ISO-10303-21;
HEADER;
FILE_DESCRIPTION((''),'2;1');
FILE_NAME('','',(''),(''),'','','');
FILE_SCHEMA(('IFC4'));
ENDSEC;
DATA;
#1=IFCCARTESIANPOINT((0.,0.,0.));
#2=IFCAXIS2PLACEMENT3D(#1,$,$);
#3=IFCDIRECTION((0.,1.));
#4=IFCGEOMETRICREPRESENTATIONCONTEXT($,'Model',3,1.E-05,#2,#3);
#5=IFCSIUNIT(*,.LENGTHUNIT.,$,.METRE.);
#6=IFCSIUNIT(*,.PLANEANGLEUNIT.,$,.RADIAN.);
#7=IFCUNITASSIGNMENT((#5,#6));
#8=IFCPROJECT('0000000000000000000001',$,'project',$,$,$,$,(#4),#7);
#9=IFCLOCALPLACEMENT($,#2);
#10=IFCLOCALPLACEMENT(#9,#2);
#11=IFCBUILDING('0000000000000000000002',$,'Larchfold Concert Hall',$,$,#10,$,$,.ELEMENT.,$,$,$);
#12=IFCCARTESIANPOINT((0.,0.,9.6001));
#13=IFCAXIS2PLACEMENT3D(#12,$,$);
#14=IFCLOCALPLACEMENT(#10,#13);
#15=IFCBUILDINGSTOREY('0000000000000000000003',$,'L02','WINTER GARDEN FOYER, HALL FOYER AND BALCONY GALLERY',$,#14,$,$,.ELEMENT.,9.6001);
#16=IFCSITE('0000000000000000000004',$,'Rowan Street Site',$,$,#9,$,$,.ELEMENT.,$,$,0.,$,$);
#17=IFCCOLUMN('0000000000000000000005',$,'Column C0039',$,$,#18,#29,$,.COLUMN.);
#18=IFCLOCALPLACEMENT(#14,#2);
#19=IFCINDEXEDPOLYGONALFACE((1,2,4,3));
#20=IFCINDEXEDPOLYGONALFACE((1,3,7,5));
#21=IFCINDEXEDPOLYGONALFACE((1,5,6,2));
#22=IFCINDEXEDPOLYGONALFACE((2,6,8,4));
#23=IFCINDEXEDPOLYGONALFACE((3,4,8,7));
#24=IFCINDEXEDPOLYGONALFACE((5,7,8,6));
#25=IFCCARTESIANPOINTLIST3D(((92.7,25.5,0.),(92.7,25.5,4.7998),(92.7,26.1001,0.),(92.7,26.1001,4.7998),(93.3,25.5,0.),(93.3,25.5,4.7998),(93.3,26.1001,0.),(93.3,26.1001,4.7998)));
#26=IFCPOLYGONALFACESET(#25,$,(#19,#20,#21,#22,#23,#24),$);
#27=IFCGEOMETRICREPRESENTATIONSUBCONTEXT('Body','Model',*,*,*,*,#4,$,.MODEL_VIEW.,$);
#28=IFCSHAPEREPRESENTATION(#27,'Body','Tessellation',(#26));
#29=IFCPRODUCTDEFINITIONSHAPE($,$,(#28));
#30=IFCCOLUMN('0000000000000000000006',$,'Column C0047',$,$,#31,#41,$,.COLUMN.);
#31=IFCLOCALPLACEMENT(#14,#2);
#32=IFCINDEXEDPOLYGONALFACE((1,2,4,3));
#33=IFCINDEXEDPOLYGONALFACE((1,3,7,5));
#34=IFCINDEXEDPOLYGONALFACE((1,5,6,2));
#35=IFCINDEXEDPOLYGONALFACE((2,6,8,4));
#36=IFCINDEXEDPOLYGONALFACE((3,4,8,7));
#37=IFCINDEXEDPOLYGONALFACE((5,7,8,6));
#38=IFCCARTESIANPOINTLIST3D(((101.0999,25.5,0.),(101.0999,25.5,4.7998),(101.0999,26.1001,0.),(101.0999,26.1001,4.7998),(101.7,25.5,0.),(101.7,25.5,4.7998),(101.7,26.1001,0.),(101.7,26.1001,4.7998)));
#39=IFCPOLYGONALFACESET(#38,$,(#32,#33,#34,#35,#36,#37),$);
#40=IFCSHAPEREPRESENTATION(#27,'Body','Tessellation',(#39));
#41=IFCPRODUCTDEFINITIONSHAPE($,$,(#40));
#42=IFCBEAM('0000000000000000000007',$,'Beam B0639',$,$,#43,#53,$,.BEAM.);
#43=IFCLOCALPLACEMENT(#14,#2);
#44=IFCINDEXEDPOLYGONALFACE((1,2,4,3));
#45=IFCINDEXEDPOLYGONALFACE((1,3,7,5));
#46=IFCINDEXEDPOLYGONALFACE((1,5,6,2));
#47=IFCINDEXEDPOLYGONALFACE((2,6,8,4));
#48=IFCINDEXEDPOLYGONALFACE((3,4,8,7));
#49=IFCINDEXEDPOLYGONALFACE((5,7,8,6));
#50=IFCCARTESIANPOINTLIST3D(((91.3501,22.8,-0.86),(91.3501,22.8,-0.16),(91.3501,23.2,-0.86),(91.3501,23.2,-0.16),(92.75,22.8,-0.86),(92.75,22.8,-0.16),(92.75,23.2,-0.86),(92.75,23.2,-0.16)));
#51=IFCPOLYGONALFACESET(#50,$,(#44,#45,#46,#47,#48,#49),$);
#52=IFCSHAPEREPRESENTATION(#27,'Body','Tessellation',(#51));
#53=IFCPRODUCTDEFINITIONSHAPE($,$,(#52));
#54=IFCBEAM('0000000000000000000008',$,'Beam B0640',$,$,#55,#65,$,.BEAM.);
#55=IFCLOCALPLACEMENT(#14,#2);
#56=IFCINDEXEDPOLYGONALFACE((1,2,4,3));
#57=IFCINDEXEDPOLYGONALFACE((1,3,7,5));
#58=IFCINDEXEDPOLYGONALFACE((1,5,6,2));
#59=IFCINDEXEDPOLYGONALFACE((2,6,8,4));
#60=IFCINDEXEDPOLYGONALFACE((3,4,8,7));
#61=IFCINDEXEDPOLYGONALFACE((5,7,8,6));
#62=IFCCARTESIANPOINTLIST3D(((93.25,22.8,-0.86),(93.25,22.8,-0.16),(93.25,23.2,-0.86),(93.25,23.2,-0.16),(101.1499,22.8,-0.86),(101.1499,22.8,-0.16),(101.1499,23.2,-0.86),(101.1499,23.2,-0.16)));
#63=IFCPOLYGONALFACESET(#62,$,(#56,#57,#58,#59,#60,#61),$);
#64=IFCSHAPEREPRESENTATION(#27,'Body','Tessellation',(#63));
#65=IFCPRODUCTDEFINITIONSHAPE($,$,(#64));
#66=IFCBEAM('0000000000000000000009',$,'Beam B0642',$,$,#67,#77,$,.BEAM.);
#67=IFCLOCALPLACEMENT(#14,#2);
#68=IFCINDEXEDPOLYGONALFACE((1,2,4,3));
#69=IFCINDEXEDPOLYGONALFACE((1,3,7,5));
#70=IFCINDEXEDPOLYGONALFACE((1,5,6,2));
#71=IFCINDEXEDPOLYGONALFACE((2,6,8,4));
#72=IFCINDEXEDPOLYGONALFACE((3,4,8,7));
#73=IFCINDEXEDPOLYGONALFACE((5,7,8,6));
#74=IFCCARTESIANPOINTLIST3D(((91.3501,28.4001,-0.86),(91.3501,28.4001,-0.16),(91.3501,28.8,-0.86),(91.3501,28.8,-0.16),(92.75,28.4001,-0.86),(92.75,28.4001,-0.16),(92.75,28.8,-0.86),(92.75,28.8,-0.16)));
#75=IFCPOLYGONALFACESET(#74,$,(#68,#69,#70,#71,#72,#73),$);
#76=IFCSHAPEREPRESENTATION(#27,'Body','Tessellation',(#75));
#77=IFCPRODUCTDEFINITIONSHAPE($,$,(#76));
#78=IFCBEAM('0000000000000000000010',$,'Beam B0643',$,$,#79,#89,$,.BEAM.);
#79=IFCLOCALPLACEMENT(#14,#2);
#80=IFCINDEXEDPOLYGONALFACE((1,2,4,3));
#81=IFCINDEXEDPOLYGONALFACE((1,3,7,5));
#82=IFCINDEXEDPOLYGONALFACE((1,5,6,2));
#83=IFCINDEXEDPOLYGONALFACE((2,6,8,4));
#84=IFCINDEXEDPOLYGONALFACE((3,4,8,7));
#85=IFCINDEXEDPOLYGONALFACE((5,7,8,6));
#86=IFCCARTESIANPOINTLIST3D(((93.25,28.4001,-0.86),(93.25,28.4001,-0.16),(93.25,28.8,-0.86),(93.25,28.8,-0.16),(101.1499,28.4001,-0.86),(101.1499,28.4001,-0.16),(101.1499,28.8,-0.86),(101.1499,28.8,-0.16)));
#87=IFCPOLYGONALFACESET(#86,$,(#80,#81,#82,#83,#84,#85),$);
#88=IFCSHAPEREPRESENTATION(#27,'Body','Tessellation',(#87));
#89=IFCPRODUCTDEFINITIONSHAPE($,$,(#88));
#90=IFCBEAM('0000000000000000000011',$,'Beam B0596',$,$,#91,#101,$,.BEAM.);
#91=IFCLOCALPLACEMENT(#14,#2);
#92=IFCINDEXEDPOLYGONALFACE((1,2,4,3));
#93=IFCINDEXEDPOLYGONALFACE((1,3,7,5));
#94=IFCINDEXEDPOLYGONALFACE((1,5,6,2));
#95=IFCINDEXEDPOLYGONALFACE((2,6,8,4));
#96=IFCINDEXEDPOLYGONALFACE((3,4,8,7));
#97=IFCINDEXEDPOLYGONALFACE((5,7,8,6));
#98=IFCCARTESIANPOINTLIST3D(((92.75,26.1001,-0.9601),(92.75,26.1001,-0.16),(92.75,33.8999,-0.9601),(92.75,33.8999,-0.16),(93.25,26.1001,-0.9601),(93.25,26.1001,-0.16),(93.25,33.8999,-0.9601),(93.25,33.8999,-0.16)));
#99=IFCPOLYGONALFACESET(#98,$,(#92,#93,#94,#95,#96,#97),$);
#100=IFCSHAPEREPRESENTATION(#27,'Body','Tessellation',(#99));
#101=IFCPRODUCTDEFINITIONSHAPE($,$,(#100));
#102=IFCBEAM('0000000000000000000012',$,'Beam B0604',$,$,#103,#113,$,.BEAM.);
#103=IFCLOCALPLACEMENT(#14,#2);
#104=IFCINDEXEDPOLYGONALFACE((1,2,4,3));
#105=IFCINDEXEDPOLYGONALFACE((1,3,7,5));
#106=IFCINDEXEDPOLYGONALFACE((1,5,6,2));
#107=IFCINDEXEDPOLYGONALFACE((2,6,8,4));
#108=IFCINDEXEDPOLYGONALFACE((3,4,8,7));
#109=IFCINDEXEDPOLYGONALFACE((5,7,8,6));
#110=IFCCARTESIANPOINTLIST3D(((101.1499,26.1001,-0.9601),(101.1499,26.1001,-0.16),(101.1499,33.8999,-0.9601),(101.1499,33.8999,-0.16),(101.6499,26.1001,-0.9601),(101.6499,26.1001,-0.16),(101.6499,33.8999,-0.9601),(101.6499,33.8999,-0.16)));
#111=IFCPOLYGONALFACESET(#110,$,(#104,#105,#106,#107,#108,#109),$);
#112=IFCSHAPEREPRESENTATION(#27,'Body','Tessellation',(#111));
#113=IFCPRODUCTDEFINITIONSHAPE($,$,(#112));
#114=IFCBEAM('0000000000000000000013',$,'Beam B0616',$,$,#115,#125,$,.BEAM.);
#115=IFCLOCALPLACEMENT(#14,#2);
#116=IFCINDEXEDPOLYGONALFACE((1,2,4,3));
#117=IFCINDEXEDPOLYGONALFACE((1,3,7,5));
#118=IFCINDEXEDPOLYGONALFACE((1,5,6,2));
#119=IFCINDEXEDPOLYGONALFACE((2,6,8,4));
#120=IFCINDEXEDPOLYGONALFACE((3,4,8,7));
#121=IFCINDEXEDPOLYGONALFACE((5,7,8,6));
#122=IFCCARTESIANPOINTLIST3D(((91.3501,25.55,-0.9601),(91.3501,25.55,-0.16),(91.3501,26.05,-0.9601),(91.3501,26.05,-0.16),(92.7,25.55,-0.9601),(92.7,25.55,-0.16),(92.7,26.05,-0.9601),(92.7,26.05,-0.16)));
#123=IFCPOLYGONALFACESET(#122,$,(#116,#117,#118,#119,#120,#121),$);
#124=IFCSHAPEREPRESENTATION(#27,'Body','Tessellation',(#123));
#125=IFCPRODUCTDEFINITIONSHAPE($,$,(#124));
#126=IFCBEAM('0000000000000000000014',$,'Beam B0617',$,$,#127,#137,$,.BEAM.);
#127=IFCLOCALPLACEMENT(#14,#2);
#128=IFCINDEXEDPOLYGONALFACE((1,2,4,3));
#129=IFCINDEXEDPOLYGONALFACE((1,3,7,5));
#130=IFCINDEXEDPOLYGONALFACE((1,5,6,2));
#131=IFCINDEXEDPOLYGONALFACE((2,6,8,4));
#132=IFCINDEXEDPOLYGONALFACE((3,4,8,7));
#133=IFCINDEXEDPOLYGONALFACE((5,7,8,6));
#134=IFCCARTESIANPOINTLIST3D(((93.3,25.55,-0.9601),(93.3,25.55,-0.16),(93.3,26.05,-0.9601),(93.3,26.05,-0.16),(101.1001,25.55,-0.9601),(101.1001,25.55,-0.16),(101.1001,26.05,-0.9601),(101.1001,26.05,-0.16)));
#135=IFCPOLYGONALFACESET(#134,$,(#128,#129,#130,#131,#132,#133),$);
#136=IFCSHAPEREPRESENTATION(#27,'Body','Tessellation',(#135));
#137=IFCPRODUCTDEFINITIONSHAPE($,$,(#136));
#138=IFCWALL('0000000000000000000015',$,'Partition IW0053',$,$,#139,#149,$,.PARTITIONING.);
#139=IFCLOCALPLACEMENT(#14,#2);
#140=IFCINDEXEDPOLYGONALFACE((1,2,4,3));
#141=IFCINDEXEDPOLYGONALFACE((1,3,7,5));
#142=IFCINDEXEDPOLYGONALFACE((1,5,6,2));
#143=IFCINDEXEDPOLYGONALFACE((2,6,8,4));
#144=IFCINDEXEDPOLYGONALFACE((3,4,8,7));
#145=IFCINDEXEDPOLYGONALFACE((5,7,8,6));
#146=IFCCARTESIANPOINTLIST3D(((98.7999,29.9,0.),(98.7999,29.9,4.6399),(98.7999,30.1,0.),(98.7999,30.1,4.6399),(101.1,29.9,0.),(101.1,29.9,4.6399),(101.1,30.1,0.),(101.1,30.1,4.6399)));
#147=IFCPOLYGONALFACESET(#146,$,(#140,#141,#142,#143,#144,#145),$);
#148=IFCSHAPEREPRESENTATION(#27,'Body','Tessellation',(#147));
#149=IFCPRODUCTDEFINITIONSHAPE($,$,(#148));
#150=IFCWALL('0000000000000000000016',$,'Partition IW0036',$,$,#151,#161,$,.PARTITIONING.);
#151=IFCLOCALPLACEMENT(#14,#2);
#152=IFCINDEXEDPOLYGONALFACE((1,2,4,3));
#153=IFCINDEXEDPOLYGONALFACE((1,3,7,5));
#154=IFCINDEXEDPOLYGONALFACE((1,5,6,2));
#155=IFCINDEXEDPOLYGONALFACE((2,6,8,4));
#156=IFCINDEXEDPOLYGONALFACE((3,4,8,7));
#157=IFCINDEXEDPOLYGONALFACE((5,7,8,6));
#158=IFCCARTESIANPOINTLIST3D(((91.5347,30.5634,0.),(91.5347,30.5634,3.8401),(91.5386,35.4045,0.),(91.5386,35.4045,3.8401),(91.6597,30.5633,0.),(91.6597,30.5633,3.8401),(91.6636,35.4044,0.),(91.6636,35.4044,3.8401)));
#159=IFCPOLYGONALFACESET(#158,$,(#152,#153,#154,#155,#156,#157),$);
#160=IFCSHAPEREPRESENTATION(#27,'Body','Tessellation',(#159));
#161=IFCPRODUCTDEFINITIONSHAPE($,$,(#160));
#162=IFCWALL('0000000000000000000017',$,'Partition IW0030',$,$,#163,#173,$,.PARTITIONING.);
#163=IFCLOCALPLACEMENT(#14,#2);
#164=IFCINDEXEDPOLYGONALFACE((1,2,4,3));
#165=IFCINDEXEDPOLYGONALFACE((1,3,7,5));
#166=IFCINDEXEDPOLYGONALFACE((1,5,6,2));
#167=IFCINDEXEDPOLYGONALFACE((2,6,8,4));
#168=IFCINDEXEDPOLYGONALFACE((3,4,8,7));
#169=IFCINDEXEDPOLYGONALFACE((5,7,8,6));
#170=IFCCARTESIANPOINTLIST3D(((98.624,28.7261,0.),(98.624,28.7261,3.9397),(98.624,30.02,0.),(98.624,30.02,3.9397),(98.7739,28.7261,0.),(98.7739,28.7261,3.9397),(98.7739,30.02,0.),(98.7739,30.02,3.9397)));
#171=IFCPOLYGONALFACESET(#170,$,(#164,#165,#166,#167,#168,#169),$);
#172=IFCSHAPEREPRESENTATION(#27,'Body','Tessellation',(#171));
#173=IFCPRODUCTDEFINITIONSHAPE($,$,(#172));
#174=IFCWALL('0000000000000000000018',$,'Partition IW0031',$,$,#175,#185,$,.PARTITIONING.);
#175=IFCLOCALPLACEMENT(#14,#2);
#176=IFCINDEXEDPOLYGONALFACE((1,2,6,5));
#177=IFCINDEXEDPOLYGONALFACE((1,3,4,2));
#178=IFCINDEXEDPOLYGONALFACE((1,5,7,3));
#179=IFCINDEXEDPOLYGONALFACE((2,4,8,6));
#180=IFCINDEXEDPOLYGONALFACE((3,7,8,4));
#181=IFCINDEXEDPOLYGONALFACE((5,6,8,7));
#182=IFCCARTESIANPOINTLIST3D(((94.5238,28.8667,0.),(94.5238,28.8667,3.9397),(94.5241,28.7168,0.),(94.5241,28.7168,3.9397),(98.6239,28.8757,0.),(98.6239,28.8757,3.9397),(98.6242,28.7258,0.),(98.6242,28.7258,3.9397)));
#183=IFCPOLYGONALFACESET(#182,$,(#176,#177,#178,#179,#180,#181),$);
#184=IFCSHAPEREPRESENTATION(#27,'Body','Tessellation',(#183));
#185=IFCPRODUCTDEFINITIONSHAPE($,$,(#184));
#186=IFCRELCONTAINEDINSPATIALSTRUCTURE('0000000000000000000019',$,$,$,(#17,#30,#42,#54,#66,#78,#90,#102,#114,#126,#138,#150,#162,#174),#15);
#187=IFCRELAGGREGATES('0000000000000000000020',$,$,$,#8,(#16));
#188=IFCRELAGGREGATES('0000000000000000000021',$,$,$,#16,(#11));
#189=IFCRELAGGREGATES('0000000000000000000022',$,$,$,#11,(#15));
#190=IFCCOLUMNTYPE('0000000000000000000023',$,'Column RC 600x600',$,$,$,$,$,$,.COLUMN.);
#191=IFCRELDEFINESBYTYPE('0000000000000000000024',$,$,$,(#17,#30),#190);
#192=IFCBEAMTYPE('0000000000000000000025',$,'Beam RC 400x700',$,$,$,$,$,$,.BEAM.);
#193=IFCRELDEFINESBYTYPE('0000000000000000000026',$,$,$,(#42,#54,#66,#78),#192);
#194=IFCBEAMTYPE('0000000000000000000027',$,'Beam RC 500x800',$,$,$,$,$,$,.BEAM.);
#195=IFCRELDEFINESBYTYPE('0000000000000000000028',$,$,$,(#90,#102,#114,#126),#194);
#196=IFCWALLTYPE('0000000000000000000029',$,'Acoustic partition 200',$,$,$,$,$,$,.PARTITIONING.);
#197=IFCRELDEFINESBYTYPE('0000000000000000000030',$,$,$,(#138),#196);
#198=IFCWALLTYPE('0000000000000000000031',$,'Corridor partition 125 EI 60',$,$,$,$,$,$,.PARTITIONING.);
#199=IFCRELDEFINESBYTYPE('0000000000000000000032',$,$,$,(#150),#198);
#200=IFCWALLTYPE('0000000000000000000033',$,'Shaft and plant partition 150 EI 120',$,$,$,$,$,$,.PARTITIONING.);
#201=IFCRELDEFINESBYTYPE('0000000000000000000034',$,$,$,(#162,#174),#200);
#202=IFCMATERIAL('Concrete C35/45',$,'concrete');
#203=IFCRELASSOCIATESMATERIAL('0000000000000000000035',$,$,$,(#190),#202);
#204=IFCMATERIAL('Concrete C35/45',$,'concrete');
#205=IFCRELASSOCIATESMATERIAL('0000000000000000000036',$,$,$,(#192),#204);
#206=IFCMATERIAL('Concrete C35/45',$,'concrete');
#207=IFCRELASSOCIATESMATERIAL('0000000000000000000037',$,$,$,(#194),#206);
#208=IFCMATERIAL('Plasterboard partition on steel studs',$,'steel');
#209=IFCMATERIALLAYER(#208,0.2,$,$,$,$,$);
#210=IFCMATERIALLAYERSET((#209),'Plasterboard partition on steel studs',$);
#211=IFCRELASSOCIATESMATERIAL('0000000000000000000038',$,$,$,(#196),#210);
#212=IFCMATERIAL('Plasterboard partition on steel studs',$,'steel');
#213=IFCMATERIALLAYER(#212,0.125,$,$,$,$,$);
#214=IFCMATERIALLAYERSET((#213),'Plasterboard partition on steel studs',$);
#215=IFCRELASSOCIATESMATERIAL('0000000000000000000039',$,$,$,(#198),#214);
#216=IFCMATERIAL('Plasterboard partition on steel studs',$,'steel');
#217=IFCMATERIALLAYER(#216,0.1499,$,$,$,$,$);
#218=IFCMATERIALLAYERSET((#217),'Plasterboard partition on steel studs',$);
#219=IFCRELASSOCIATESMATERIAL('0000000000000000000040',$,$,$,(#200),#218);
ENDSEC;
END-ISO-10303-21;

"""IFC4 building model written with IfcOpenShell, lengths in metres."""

from ifc_helpers import new_model, si_unit, direction, frame, frame_2d, origin, origin_2d, place, context, subcontext, project, spatial, rectangle, extrude, material, layer, layer_set, material_profile, profile_set, type_object, element, save


model = new_model("IFC4")

# Units and contexts
model_context = context("Model", 3, precision=1e-05, world=origin(), true_north=direction((0.0, 1.0)))
body_context = subcontext(model_context, "Body", "Model", "MODEL_VIEW")
ifc_project = project(units=[si_unit("LENGTHUNIT", "METRE"), si_unit("PLANEANGLEUNIT", "RADIAN")], contexts=[model_context])

# Site, building, storey
site_placement = place(None, origin())
site = spatial("IfcSite", under=ifc_project, at=site_placement, Name="Rowan Street Site", CompositionType="ELEMENT", RefElevation=0.0)
building_placement = place(site_placement, origin())
building = spatial("IfcBuilding", under=site, at=building_placement, Name="Larchfold Concert Hall", CompositionType="ELEMENT")
storey_placement = place(building_placement, frame((0.0, 0.0, 9.6001)))
storey = spatial("IfcBuildingStorey", under=building, at=storey_placement, Name="L02", Description="WINTER GARDEN FOYER, HALL FOYER AND BALCONY GALLERY", CompositionType="ELEMENT", Elevation=9.6001)

# Columns
ifc_material_1 = material(Name="Concrete C35/45", Category="concrete")
ifc_material_profile_1 = material_profile(ifc_material_1, rectangle(XDim=0.6001, YDim=0.6001, at=origin_2d()))
ifc_profile_set_1 = profile_set([ifc_material_profile_1], Name="Concrete C35/45")
column_type = type_object("IfcColumnType", Name="Column RC 600x600", PredefinedType="COLUMN", material=ifc_profile_set_1)
for number, where, z_axis, x_axis, name in (
    (1, (93.0, 25.8, 0.0), (0.0, 0.0, 1.0), (1.0, 0.0, 0.0), "Column C0039"),
    (2, (101.3999, 25.8, 0.0), (0.0, 0.0, 1.0), (1.0, 0.0, 0.0), "Column C0047"),
):
    element("IfcColumn", number, at=place(storey_placement, frame(where, z_axis=z_axis, x_axis=x_axis)), inside=storey, type_object=column_type, Name=name, PredefinedType="COLUMN", context=body_context, shape_type="SweptSolid", body=[
        extrude(rectangle(XDim=0.6001, YDim=0.6001, at=origin_2d()), origin(), (0.0, 0.0, 1.0), 4.7998),
    ])

# Beams
ifc_material_2 = material(Name="Concrete C35/45", Category="concrete")
ifc_material_profile_2 = material_profile(ifc_material_2, rectangle(XDim=0.3999, YDim=0.7, at=origin_2d()))
ifc_profile_set_2 = profile_set([ifc_material_profile_2], Name="Concrete C35/45")
beam_type_1 = type_object("IfcBeamType", Name="Beam RC 400x700", PredefinedType="BEAM", material=ifc_profile_set_2)
beam_1_placement = place(storey_placement, frame((91.3501, 23.0, -0.51), z_axis=(1.0, 0.0, 0.0), x_axis=(0.0, 1.0, 0.0)))
element("IfcBeam", 3, at=beam_1_placement, inside=storey, type_object=beam_type_1, Name="Beam B0639", PredefinedType="BEAM", context=body_context, shape_type="SweptSolid", body=[
    extrude(rectangle(XDim=0.3999, YDim=0.7, at=origin_2d()), origin(), (0.0, 0.0, 1.0), 1.3999),
])
beam_2_placement = place(storey_placement, frame((93.25, 23.0, -0.51), z_axis=(1.0, 0.0, 0.0), x_axis=(0.0, 1.0, 0.0)))
element("IfcBeam", 4, at=beam_2_placement, inside=storey, type_object=beam_type_1, Name="Beam B0640", PredefinedType="BEAM", context=body_context, shape_type="SweptSolid", body=[
    extrude(rectangle(XDim=0.3999, YDim=0.7, at=origin_2d()), origin(), (0.0, 0.0, 1.0), 7.8999),
])
beam_3_placement = place(storey_placement, frame((91.3501, 28.6001, -0.51), z_axis=(1.0, 0.0, 0.0), x_axis=(0.0, 1.0, 0.0)))
element("IfcBeam", 5, at=beam_3_placement, inside=storey, type_object=beam_type_1, Name="Beam B0642", PredefinedType="BEAM", context=body_context, shape_type="SweptSolid", body=[
    extrude(rectangle(XDim=0.3999, YDim=0.7, at=origin_2d()), origin(), (0.0, 0.0, 1.0), 1.3999),
])
beam_4_placement = place(storey_placement, frame((93.25, 28.6001, -0.51), z_axis=(1.0, 0.0, 0.0), x_axis=(0.0, 1.0, 0.0)))
element("IfcBeam", 6, at=beam_4_placement, inside=storey, type_object=beam_type_1, Name="Beam B0643", PredefinedType="BEAM", context=body_context, shape_type="SweptSolid", body=[
    extrude(rectangle(XDim=0.3999, YDim=0.7, at=origin_2d()), origin(), (0.0, 0.0, 1.0), 7.8999),
])
ifc_material_3 = material(Name="Concrete C35/45", Category="concrete")
ifc_material_profile_3 = material_profile(ifc_material_3, rectangle(XDim=0.5, YDim=0.8, at=origin_2d()))
ifc_profile_set_3 = profile_set([ifc_material_profile_3], Name="Concrete C35/45")
beam_type_2 = type_object("IfcBeamType", Name="Beam RC 500x800", PredefinedType="BEAM", material=ifc_profile_set_3)
for number, where, z_axis, x_axis, name in (
    (7, (93.0, 26.1001, -0.5601), (0.0, 1.0, 0.0), (-1.0, 0.0, 0.0), "Beam B0596"),
    (8, (101.3999, 26.1001, -0.5601), (0.0, 1.0, 0.0), (-1.0, 0.0, 0.0), "Beam B0604"),
):
    element("IfcBeam", number, at=place(storey_placement, frame(where, z_axis=z_axis, x_axis=x_axis)), inside=storey, type_object=beam_type_2, Name=name, PredefinedType="BEAM", context=body_context, shape_type="SweptSolid", body=[
        extrude(rectangle(XDim=0.5, YDim=0.8, at=origin_2d()), origin(), (0.0, 0.0, 1.0), 7.7998),
    ])
beam_5_placement = place(storey_placement, frame((91.3501, 25.8, -0.5601), z_axis=(1.0, 0.0, 0.0), x_axis=(0.0, 1.0, 0.0)))
element("IfcBeam", 9, at=beam_5_placement, inside=storey, type_object=beam_type_2, Name="Beam B0616", PredefinedType="BEAM", context=body_context, shape_type="SweptSolid", body=[
    extrude(rectangle(XDim=0.5, YDim=0.8, at=origin_2d()), origin(), (0.0, 0.0, 1.0), 1.3499),
])
beam_6_placement = place(storey_placement, frame((93.3, 25.8, -0.5601), z_axis=(1.0, 0.0, 0.0), x_axis=(0.0, 1.0, 0.0)))
element("IfcBeam", 10, at=beam_6_placement, inside=storey, type_object=beam_type_2, Name="Beam B0617", PredefinedType="BEAM", context=body_context, shape_type="SweptSolid", body=[
    extrude(rectangle(XDim=0.5, YDim=0.8, at=origin_2d()), origin(), (0.0, 0.0, 1.0), 7.8),
])

# Walls
ifc_material_4 = material(Name="Plasterboard partition on steel studs", Category="steel")
ifc_layer_1 = layer(ifc_material_4, 0.2)
ifc_layer_set_1 = layer_set([ifc_layer_1], Name="Plasterboard partition on steel studs")
wall_type_1 = type_object("IfcWallType", Name="Acoustic partition 200", PredefinedType="PARTITIONING", material=ifc_layer_set_1)
wall_1_placement = place(storey_placement, frame((98.8, 30.0, 0.0), z_axis=(0.0, 0.0, 1.0), x_axis=(1.0, 0.0, 0.0)))
element("IfcWall", 11, at=wall_1_placement, inside=storey, type_object=wall_type_1, Name="Partition IW0053", PredefinedType="PARTITIONING", context=body_context, shape_type="SweptSolid", body=[
    extrude(rectangle(XDim=2.3, YDim=0.2, at=frame_2d((1.1499, 0.0))), origin(), (0.0, 0.0, 1.0), 4.6399),
])
ifc_material_5 = material(Name="Plasterboard partition on steel studs", Category="steel")
ifc_layer_2 = layer(ifc_material_5, 0.125)
ifc_layer_set_2 = layer_set([ifc_layer_2], Name="Plasterboard partition on steel studs")
wall_type_2 = type_object("IfcWallType", Name="Corridor partition 125 EI 60", PredefinedType="PARTITIONING", material=ifc_layer_set_2)
wall_2_placement = place(storey_placement, frame((91.5972, 30.5635, 0.0), z_axis=(0.0, 0.0, 1.0), x_axis=(0.000807, 1.0, 0.0)))
element("IfcWall", 12, at=wall_2_placement, inside=storey, type_object=wall_type_2, Name="Partition IW0036", PredefinedType="PARTITIONING", context=body_context, shape_type="SweptSolid", body=[
    extrude(rectangle(XDim=4.8411, YDim=0.125, at=frame_2d((2.4204, 0.0))), origin(), (0.0, 0.0, 1.0), 3.8401),
])
ifc_material_6 = material(Name="Plasterboard partition on steel studs", Category="steel")
ifc_layer_3 = layer(ifc_material_6, 0.1499)
ifc_layer_set_3 = layer_set([ifc_layer_3], Name="Plasterboard partition on steel studs")
wall_type_3 = type_object("IfcWallType", Name="Shaft and plant partition 150 EI 120", PredefinedType="PARTITIONING", material=ifc_layer_set_3)
wall_3_placement = place(storey_placement, frame((98.699, 30.02, 0.0), z_axis=(0.0, 0.0, 1.0), x_axis=(0.0, -1.0, 0.0)))
element("IfcWall", 13, at=wall_3_placement, inside=storey, type_object=wall_type_3, Name="Partition IW0030", PredefinedType="PARTITIONING", context=body_context, shape_type="SweptSolid", body=[
    extrude(rectangle(XDim=1.2939, YDim=0.1499, at=frame_2d((0.647, 0.0))), origin(), (0.0, 0.0, 1.0), 3.9397),
])
wall_4_placement = place(storey_placement, frame((98.624, 28.8008, 0.0), z_axis=(0.0, 0.0, 1.0), x_axis=(-0.999998, -0.002203, 0.0)))
element("IfcWall", 14, at=wall_4_placement, inside=storey, type_object=wall_type_3, Name="Partition IW0031", PredefinedType="PARTITIONING", context=body_context, shape_type="SweptSolid", body=[
    extrude(rectangle(XDim=4.1001, YDim=0.1499, at=frame_2d((2.05, 0.0))), origin(), (0.0, 0.0, 1.0), 3.9397),
])

save(model, "model.ifc")
